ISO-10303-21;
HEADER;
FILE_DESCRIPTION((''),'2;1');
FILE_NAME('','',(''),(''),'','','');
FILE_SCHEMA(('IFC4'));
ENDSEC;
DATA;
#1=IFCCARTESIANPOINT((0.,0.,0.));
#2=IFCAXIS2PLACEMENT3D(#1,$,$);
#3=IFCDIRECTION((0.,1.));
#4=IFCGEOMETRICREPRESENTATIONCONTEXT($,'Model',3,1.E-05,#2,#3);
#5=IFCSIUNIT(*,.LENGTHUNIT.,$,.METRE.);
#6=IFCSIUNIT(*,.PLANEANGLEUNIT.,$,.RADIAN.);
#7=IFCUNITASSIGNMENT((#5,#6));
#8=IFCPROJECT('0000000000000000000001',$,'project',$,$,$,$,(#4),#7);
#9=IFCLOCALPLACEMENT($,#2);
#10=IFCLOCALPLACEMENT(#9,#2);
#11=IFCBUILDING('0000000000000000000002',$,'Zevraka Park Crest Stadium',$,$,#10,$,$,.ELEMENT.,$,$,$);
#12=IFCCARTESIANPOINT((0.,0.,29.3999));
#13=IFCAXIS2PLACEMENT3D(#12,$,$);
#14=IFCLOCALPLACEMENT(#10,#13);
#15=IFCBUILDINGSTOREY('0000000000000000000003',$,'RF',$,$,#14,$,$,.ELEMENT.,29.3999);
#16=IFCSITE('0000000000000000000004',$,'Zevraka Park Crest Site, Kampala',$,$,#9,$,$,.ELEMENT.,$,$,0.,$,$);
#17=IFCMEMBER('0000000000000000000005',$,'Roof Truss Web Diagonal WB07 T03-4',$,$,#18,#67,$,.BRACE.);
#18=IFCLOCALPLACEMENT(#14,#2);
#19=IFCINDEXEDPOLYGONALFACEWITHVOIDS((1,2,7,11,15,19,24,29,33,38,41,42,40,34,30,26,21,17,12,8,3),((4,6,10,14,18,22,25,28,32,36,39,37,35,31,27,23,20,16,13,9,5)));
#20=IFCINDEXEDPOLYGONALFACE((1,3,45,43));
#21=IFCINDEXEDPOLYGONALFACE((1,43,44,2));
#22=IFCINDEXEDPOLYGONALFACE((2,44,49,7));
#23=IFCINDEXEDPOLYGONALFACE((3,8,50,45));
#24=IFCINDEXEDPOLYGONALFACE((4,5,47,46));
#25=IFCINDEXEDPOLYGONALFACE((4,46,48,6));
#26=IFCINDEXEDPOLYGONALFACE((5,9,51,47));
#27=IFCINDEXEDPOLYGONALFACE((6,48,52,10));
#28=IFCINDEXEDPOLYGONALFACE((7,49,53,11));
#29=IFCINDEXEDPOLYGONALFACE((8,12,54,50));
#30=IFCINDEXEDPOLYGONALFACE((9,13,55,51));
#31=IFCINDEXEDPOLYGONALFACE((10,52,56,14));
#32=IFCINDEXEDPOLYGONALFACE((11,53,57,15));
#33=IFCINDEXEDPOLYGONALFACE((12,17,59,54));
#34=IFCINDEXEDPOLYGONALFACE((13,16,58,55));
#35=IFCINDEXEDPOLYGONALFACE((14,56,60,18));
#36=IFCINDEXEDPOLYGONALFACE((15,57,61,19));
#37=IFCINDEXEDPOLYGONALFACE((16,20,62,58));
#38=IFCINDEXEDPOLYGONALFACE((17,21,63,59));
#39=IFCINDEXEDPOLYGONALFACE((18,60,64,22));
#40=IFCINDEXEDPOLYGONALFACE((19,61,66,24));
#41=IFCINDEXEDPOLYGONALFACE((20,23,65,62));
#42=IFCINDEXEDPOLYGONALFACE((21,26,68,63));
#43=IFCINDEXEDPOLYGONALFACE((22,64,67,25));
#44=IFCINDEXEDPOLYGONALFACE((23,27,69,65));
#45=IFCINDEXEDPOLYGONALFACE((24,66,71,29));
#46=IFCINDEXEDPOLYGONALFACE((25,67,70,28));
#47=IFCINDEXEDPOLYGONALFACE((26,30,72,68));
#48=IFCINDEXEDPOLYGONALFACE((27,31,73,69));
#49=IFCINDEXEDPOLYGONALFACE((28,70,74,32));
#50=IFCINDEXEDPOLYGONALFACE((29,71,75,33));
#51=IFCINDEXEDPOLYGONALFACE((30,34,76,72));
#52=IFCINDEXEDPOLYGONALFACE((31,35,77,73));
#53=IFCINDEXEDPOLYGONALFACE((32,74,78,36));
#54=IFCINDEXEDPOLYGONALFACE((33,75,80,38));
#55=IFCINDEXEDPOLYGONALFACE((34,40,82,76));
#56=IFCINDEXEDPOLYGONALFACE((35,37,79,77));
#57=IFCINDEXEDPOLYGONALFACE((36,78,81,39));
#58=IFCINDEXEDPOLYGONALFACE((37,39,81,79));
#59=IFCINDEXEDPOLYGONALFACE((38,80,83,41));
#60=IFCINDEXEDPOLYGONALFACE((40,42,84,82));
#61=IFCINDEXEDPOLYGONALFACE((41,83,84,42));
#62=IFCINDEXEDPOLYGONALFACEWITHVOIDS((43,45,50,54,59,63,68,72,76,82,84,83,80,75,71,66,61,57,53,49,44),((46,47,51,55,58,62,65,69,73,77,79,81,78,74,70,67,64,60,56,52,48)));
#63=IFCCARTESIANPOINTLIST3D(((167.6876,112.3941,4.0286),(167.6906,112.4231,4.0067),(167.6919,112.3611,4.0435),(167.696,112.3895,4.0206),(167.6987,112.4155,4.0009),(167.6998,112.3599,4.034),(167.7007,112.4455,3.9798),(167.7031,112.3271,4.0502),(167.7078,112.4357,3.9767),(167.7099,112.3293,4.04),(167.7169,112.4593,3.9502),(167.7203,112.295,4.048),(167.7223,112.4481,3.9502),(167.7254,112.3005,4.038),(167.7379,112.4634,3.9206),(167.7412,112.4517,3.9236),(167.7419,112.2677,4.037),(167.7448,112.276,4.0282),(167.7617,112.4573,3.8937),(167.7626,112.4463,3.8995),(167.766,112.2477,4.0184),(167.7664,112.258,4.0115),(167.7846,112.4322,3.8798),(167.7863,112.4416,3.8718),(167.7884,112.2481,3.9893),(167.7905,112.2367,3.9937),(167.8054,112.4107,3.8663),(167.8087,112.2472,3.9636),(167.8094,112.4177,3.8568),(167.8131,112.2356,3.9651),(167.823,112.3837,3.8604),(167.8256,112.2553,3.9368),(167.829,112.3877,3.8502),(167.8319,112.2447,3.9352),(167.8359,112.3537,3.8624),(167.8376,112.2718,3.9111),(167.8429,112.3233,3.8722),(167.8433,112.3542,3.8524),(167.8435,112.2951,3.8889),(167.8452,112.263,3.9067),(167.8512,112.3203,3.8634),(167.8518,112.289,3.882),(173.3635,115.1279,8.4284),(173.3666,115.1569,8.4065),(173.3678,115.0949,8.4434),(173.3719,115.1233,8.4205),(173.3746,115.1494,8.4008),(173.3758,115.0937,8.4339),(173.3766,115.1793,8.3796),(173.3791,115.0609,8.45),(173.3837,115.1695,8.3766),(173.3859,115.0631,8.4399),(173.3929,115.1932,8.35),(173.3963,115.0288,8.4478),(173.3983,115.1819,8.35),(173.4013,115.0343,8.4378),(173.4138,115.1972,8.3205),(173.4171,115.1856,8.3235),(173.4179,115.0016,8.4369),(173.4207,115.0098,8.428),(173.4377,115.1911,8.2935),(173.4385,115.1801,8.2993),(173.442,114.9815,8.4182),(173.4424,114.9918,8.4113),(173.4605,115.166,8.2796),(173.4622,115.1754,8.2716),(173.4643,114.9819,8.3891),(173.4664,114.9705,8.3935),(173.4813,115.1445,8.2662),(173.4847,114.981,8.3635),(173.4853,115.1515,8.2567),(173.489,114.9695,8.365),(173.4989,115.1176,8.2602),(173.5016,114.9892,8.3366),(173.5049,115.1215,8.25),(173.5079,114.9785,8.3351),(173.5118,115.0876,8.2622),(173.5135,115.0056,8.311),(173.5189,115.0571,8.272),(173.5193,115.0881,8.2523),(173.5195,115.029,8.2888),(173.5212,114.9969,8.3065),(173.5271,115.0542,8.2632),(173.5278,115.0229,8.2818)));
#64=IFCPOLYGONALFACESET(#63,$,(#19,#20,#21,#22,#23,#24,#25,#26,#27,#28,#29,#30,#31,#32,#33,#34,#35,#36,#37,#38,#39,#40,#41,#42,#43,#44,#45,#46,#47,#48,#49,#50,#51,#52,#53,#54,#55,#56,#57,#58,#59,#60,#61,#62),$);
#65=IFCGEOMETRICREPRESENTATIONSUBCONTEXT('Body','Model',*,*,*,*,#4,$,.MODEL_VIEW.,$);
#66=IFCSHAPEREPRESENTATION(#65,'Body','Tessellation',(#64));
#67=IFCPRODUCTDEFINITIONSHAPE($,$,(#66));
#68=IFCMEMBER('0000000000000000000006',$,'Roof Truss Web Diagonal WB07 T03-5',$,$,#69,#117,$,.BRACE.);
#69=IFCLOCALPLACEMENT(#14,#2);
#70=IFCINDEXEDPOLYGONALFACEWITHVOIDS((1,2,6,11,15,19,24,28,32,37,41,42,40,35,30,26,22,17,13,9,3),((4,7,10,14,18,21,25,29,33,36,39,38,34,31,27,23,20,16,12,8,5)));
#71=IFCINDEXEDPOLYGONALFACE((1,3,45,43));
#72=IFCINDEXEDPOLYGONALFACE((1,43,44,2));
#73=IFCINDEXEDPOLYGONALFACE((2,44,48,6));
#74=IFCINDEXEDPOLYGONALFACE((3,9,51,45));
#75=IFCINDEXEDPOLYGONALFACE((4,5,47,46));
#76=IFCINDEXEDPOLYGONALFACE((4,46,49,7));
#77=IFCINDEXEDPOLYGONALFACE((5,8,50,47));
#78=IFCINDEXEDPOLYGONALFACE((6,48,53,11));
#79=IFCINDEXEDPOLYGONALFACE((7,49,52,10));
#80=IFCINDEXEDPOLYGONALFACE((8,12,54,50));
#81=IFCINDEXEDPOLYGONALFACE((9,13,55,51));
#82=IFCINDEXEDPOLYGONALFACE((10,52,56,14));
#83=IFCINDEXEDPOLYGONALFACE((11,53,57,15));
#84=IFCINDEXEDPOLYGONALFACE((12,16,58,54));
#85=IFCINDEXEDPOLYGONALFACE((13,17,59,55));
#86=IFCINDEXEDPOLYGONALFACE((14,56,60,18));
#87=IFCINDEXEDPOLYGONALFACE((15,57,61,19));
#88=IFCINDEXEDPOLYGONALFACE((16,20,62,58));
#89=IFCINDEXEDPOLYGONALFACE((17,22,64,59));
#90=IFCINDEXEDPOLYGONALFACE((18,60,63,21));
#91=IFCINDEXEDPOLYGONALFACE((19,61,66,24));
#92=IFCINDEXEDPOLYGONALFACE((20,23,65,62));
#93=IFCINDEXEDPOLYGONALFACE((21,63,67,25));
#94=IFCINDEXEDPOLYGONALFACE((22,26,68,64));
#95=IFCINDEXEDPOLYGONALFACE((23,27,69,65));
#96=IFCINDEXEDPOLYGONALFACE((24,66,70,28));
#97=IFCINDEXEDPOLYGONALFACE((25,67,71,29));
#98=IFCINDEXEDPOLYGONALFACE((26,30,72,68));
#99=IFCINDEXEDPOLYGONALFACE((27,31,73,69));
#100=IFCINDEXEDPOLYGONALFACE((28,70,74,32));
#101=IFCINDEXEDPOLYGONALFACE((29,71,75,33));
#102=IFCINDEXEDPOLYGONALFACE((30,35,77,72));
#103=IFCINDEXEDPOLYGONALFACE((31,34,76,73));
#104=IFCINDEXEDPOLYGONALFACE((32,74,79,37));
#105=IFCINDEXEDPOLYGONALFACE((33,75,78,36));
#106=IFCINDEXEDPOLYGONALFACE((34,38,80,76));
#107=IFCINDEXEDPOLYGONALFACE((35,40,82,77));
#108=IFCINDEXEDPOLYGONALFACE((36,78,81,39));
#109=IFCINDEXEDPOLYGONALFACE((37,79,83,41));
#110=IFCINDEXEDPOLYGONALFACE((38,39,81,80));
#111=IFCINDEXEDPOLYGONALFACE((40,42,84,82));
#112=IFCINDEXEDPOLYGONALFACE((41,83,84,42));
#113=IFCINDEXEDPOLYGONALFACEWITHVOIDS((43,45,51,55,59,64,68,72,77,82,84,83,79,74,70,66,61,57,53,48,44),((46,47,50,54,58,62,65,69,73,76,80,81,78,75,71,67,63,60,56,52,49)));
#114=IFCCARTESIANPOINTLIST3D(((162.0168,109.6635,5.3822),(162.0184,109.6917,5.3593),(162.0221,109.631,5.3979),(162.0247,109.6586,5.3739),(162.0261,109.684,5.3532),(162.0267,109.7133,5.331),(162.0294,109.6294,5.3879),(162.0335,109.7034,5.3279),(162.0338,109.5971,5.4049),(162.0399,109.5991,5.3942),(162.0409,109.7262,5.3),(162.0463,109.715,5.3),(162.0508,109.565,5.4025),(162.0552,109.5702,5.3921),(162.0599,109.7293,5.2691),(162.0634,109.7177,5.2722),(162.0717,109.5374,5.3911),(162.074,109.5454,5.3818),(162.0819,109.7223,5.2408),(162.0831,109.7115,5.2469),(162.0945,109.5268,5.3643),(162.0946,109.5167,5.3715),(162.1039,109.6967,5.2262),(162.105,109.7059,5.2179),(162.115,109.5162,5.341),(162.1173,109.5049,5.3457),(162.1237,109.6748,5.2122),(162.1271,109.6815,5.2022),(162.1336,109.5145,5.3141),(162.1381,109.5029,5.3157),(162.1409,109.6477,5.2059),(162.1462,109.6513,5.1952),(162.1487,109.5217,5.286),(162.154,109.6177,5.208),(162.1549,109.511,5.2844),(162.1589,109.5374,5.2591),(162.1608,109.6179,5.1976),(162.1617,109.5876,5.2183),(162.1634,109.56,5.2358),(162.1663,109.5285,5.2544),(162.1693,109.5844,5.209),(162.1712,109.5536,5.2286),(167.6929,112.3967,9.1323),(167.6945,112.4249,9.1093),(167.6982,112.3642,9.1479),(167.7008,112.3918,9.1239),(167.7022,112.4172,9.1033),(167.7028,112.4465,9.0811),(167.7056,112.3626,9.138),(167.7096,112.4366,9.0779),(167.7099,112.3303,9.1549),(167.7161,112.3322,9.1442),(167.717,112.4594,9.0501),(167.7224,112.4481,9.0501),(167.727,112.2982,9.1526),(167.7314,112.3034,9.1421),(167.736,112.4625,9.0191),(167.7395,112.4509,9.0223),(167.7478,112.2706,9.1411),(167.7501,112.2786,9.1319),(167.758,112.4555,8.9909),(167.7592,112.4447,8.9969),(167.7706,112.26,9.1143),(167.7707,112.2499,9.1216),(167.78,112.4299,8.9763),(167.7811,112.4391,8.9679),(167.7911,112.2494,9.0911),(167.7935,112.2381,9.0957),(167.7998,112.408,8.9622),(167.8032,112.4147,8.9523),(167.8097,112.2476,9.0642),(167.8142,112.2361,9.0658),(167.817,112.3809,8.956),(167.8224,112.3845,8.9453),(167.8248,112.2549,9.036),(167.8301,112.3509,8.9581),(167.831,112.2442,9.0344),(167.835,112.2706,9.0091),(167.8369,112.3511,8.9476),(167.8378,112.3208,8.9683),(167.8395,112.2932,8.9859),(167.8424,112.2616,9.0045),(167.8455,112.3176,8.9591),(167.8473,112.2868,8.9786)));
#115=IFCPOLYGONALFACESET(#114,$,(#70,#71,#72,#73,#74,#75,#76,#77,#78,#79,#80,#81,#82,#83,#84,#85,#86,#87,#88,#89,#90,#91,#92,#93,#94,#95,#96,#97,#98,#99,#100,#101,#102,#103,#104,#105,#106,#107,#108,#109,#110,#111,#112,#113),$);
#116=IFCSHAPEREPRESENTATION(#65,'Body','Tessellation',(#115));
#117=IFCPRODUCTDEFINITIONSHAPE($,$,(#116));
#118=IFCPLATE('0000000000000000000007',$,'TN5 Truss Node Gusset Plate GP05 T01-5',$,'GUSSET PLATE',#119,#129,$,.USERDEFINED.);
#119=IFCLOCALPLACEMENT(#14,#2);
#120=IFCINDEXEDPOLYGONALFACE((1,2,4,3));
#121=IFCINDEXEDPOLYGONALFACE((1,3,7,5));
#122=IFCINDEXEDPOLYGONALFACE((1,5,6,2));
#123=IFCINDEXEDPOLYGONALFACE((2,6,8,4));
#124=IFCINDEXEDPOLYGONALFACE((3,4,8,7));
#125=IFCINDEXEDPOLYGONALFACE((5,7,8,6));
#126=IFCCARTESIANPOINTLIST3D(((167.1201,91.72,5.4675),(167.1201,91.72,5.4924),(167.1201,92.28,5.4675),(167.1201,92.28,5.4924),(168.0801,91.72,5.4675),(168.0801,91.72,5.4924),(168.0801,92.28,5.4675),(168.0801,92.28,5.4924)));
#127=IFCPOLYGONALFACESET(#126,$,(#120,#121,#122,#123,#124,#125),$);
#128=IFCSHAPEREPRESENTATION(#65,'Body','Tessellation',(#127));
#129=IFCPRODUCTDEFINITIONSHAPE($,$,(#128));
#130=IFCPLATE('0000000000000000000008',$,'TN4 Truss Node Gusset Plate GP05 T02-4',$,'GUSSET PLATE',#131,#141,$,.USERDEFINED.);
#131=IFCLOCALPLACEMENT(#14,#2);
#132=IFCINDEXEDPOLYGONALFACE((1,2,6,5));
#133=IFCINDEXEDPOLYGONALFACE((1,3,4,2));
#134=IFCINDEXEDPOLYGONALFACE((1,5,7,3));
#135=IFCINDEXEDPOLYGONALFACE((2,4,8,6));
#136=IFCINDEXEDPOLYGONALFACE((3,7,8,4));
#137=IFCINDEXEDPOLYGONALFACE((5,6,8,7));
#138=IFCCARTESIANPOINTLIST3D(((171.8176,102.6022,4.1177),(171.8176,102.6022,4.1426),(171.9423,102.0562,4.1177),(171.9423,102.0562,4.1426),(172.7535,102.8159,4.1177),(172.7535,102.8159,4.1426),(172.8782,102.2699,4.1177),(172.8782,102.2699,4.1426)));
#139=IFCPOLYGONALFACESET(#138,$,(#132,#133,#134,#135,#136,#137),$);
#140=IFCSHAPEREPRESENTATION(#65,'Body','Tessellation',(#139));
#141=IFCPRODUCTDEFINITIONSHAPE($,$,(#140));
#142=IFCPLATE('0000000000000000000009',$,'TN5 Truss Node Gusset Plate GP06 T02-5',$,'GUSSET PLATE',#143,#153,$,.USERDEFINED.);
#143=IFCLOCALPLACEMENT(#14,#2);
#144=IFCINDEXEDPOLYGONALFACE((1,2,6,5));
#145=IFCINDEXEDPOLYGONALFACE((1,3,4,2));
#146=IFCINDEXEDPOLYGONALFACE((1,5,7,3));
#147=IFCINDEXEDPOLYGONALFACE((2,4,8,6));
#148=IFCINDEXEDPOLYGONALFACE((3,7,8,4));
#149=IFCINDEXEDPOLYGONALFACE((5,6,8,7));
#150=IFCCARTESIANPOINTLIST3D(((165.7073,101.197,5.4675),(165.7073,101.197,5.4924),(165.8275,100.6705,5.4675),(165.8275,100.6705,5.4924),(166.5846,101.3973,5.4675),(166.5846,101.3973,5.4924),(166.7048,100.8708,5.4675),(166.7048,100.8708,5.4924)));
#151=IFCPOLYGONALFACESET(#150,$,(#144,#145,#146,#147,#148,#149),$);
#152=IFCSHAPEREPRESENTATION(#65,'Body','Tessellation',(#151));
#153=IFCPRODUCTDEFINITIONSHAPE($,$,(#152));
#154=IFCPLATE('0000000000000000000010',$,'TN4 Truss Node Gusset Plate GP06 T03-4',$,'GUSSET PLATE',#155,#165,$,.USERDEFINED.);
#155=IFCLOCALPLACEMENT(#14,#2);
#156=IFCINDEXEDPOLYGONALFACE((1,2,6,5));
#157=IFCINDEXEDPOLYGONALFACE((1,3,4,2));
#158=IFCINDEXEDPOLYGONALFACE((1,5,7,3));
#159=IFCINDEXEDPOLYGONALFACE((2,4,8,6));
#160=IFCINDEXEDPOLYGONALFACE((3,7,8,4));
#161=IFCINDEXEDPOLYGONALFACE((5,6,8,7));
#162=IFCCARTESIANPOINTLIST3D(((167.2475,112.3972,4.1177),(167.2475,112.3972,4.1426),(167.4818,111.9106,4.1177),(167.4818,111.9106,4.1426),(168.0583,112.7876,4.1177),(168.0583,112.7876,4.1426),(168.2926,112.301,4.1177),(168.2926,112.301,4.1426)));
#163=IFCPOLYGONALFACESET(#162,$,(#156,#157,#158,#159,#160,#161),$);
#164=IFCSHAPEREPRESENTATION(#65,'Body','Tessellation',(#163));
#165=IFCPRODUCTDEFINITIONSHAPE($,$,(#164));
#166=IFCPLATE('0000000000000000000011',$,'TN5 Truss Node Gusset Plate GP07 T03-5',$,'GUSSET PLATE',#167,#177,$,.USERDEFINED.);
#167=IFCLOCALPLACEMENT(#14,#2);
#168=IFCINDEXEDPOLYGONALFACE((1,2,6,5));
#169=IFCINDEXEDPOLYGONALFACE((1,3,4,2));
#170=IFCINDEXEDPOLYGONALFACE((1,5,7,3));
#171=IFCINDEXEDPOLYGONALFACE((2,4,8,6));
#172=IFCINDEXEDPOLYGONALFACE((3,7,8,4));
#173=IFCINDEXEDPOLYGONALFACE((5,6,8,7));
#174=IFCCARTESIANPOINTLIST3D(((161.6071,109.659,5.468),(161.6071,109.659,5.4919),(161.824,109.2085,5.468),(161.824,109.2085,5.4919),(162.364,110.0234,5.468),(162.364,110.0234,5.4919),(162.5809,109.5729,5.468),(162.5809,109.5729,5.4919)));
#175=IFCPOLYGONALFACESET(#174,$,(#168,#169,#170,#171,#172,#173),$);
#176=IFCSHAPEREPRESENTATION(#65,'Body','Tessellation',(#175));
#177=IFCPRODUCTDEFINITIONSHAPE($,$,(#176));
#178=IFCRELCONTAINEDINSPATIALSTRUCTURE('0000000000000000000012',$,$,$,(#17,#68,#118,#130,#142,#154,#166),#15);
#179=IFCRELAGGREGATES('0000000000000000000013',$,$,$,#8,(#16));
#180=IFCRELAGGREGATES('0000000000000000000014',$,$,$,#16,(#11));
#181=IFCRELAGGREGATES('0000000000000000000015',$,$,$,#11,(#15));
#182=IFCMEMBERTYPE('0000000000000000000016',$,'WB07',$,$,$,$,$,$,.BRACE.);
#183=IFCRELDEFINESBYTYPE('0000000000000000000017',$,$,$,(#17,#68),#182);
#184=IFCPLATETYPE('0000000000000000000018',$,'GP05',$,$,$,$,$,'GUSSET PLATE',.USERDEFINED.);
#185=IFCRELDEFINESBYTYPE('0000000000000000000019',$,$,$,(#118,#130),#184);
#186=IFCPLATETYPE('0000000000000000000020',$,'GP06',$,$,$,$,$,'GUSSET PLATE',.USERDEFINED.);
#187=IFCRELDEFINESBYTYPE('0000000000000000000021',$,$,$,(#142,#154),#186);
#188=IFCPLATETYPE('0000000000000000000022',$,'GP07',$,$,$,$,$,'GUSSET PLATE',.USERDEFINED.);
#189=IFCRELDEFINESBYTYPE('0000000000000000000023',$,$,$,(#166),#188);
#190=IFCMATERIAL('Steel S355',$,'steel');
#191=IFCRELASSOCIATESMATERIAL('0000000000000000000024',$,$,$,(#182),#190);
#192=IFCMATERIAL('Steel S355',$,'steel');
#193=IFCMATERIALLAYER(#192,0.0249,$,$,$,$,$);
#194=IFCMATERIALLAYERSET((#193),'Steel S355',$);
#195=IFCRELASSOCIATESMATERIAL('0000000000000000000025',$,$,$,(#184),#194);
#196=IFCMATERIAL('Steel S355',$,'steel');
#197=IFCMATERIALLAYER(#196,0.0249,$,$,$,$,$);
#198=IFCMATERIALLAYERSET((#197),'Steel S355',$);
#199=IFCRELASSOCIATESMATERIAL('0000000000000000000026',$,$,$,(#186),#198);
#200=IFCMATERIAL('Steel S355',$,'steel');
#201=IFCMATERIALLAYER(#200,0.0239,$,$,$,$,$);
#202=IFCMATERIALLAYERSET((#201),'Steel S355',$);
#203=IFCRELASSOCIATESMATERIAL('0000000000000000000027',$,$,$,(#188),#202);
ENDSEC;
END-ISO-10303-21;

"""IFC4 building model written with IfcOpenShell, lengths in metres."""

from ifc_helpers import new_model, si_unit, direction, frame, origin, origin_2d, place, context, subcontext, project, spatial, rectangle, hollow_circle, extrude, material, layer, layer_set, material_profile, profile_set, type_object, element, save


model = new_model("IFC4")

# Units and contexts
model_context = context("Model", 3, precision=1e-05, world=origin(), true_north=direction((0.0, 1.0)))
body_context = subcontext(model_context, "Body", "Model", "MODEL_VIEW")
ifc_project = project(units=[si_unit("LENGTHUNIT", "METRE"), si_unit("PLANEANGLEUNIT", "RADIAN")], contexts=[model_context])

# Site, building, storey
site_placement = place(None, origin())
site = spatial("IfcSite", under=ifc_project, at=site_placement, Name="Zevraka Park Crest Site, Kampala", CompositionType="ELEMENT", RefElevation=0.0)
building_placement = place(site_placement, origin())
building = spatial("IfcBuilding", under=site, at=building_placement, Name="Zevraka Park Crest Stadium", CompositionType="ELEMENT")
storey_placement = place(building_placement, frame((0.0, 0.0, 29.3999)))
storey = spatial("IfcBuildingStorey", under=building, at=storey_placement, Name="RF", CompositionType="ELEMENT", Elevation=29.3999)

# Members
ifc_material_1 = material(Name="Steel S355", Category="steel")
ifc_material_profile_1 = material_profile(ifc_material_1, hollow_circle(Radius=0.1223, WallThickness=0.0125, at=origin_2d()), Name="CHS 244.5x12.5")
ifc_profile_set_1 = profile_set([ifc_material_profile_1], Name="Steel S355")
member_type_1 = type_object("IfcMemberType", Name="WB07", PredefinedType="BRACE", material=ifc_profile_set_1)
member_1_placement = place(storey_placement, frame((167.77, 112.3491, 3.9502), z_axis=(0.738639, 0.355769, 0.572573), x_axis=(-0.433943, 0.900941, 0.0)))
element("IfcMember", 1, at=member_1_placement, inside=storey, type_object=member_type_1, Name="Roof Truss Web Diagonal WB07 T03-4", PredefinedType="BRACE", context=body_context, shape_type="SweptSolid", body=[
    extrude(hollow_circle(Radius=0.1223, WallThickness=0.0125, at=origin_2d()), origin(), (0.0, 0.0, 1.0), 7.6843),
])
member_2_placement = place(storey_placement, frame((162.094, 109.616, 5.3), z_axis=(0.774204, 0.3728, 0.511496), x_axis=(-0.433848, 0.900986, 0.0)))
element("IfcMember", 2, at=member_2_placement, inside=storey, type_object=member_type_1, Name="Roof Truss Web Diagonal WB07 T03-5", PredefinedType="BRACE", context=body_context, shape_type="SweptSolid", body=[
    extrude(hollow_circle(Radius=0.1223, WallThickness=0.0125, at=origin_2d()), origin(), (0.0, 0.0, 1.0), 7.3315),
])

# Plates
ifc_material_2 = material(Name="Steel S355", Category="steel")
ifc_layer_1 = layer(ifc_material_2, 0.0249)
ifc_layer_set_1 = layer_set([ifc_layer_1], Name="Steel S355")
plate_type_1 = type_object("IfcPlateType", Name="GP05", ElementType="GUSSET PLATE", PredefinedType="USERDEFINED", material=ifc_layer_set_1)
for number, where, z_axis, x_axis, name in (
    (3, (167.6001, 92.0, 5.4675), (0.0, 0.0, 1.0), (1.0, 0.0, 0.0), "TN5 Truss Node Gusset Plate GP05 T01-5"),
    (4, (172.3479, 102.436, 4.1177), (0.0, 0.0, 1.0), (0.974917, 0.22257, 0.0), "TN4 Truss Node Gusset Plate GP05 T02-4"),
):
    element("IfcPlate", number, at=place(storey_placement, frame(where, z_axis=z_axis, x_axis=x_axis)), inside=storey, type_object=plate_type_1, Name=name, ObjectType="GUSSET PLATE", PredefinedType="USERDEFINED", context=body_context, shape_type="SweptSolid", body=[
        extrude(rectangle(XDim=0.96, YDim=0.5601, at=origin_2d()), origin(), (0.0, 0.0, 1.0), 0.0249),
    ])
ifc_material_3 = material(Name="Steel S355", Category="steel")
ifc_layer_2 = layer(ifc_material_3, 0.0249)
ifc_layer_set_2 = layer_set([ifc_layer_2], Name="Steel S355")
plate_type_2 = type_object("IfcPlateType", Name="GP06", ElementType="GUSSET PLATE", PredefinedType="USERDEFINED", material=ifc_layer_set_2)
for number, where, z_axis, x_axis, name in (
    (5, (166.2061, 101.0339, 5.4675), (0.0, 0.0, 1.0), (0.974917, 0.22257, 0.0), "TN5 Truss Node Gusset Plate GP06 T02-5"),
    (6, (167.77, 112.3491, 4.1177), (0.0, 0.0, 1.0), (0.901001, 0.433816, 0.0), "TN4 Truss Node Gusset Plate GP06 T03-4"),
):
    element("IfcPlate", number, at=place(storey_placement, frame(where, z_axis=z_axis, x_axis=x_axis)), inside=storey, type_object=plate_type_2, Name=name, ObjectType="GUSSET PLATE", PredefinedType="USERDEFINED", context=body_context, shape_type="SweptSolid", body=[
        extrude(rectangle(XDim=0.8999, YDim=0.54, at=origin_2d()), origin(), (0.0, 0.0, 1.0), 0.0249),
    ])
ifc_material_4 = material(Name="Steel S355", Category="steel")
ifc_layer_3 = layer(ifc_material_4, 0.0239)
ifc_layer_set_3 = layer_set([ifc_layer_3], Name="Steel S355")
plate_type_3 = type_object("IfcPlateType", Name="GP07", ElementType="GUSSET PLATE", PredefinedType="USERDEFINED", material=ifc_layer_set_3)
plate_placement = place(storey_placement, frame((162.094, 109.616, 5.468), z_axis=(0.0, 0.0, 1.0), x_axis=(0.901001, 0.433816, 0.0)))
element("IfcPlate", 7, at=plate_placement, inside=storey, type_object=plate_type_3, Name="TN5 Truss Node Gusset Plate GP07 T03-5", ObjectType="GUSSET PLATE", PredefinedType="USERDEFINED", context=body_context, shape_type="SweptSolid", body=[
    extrude(rectangle(XDim=0.8401, YDim=0.5, at=origin_2d()), origin(), (0.0, 0.0, 1.0), 0.0239),
])

save(model, "model.ifc")
